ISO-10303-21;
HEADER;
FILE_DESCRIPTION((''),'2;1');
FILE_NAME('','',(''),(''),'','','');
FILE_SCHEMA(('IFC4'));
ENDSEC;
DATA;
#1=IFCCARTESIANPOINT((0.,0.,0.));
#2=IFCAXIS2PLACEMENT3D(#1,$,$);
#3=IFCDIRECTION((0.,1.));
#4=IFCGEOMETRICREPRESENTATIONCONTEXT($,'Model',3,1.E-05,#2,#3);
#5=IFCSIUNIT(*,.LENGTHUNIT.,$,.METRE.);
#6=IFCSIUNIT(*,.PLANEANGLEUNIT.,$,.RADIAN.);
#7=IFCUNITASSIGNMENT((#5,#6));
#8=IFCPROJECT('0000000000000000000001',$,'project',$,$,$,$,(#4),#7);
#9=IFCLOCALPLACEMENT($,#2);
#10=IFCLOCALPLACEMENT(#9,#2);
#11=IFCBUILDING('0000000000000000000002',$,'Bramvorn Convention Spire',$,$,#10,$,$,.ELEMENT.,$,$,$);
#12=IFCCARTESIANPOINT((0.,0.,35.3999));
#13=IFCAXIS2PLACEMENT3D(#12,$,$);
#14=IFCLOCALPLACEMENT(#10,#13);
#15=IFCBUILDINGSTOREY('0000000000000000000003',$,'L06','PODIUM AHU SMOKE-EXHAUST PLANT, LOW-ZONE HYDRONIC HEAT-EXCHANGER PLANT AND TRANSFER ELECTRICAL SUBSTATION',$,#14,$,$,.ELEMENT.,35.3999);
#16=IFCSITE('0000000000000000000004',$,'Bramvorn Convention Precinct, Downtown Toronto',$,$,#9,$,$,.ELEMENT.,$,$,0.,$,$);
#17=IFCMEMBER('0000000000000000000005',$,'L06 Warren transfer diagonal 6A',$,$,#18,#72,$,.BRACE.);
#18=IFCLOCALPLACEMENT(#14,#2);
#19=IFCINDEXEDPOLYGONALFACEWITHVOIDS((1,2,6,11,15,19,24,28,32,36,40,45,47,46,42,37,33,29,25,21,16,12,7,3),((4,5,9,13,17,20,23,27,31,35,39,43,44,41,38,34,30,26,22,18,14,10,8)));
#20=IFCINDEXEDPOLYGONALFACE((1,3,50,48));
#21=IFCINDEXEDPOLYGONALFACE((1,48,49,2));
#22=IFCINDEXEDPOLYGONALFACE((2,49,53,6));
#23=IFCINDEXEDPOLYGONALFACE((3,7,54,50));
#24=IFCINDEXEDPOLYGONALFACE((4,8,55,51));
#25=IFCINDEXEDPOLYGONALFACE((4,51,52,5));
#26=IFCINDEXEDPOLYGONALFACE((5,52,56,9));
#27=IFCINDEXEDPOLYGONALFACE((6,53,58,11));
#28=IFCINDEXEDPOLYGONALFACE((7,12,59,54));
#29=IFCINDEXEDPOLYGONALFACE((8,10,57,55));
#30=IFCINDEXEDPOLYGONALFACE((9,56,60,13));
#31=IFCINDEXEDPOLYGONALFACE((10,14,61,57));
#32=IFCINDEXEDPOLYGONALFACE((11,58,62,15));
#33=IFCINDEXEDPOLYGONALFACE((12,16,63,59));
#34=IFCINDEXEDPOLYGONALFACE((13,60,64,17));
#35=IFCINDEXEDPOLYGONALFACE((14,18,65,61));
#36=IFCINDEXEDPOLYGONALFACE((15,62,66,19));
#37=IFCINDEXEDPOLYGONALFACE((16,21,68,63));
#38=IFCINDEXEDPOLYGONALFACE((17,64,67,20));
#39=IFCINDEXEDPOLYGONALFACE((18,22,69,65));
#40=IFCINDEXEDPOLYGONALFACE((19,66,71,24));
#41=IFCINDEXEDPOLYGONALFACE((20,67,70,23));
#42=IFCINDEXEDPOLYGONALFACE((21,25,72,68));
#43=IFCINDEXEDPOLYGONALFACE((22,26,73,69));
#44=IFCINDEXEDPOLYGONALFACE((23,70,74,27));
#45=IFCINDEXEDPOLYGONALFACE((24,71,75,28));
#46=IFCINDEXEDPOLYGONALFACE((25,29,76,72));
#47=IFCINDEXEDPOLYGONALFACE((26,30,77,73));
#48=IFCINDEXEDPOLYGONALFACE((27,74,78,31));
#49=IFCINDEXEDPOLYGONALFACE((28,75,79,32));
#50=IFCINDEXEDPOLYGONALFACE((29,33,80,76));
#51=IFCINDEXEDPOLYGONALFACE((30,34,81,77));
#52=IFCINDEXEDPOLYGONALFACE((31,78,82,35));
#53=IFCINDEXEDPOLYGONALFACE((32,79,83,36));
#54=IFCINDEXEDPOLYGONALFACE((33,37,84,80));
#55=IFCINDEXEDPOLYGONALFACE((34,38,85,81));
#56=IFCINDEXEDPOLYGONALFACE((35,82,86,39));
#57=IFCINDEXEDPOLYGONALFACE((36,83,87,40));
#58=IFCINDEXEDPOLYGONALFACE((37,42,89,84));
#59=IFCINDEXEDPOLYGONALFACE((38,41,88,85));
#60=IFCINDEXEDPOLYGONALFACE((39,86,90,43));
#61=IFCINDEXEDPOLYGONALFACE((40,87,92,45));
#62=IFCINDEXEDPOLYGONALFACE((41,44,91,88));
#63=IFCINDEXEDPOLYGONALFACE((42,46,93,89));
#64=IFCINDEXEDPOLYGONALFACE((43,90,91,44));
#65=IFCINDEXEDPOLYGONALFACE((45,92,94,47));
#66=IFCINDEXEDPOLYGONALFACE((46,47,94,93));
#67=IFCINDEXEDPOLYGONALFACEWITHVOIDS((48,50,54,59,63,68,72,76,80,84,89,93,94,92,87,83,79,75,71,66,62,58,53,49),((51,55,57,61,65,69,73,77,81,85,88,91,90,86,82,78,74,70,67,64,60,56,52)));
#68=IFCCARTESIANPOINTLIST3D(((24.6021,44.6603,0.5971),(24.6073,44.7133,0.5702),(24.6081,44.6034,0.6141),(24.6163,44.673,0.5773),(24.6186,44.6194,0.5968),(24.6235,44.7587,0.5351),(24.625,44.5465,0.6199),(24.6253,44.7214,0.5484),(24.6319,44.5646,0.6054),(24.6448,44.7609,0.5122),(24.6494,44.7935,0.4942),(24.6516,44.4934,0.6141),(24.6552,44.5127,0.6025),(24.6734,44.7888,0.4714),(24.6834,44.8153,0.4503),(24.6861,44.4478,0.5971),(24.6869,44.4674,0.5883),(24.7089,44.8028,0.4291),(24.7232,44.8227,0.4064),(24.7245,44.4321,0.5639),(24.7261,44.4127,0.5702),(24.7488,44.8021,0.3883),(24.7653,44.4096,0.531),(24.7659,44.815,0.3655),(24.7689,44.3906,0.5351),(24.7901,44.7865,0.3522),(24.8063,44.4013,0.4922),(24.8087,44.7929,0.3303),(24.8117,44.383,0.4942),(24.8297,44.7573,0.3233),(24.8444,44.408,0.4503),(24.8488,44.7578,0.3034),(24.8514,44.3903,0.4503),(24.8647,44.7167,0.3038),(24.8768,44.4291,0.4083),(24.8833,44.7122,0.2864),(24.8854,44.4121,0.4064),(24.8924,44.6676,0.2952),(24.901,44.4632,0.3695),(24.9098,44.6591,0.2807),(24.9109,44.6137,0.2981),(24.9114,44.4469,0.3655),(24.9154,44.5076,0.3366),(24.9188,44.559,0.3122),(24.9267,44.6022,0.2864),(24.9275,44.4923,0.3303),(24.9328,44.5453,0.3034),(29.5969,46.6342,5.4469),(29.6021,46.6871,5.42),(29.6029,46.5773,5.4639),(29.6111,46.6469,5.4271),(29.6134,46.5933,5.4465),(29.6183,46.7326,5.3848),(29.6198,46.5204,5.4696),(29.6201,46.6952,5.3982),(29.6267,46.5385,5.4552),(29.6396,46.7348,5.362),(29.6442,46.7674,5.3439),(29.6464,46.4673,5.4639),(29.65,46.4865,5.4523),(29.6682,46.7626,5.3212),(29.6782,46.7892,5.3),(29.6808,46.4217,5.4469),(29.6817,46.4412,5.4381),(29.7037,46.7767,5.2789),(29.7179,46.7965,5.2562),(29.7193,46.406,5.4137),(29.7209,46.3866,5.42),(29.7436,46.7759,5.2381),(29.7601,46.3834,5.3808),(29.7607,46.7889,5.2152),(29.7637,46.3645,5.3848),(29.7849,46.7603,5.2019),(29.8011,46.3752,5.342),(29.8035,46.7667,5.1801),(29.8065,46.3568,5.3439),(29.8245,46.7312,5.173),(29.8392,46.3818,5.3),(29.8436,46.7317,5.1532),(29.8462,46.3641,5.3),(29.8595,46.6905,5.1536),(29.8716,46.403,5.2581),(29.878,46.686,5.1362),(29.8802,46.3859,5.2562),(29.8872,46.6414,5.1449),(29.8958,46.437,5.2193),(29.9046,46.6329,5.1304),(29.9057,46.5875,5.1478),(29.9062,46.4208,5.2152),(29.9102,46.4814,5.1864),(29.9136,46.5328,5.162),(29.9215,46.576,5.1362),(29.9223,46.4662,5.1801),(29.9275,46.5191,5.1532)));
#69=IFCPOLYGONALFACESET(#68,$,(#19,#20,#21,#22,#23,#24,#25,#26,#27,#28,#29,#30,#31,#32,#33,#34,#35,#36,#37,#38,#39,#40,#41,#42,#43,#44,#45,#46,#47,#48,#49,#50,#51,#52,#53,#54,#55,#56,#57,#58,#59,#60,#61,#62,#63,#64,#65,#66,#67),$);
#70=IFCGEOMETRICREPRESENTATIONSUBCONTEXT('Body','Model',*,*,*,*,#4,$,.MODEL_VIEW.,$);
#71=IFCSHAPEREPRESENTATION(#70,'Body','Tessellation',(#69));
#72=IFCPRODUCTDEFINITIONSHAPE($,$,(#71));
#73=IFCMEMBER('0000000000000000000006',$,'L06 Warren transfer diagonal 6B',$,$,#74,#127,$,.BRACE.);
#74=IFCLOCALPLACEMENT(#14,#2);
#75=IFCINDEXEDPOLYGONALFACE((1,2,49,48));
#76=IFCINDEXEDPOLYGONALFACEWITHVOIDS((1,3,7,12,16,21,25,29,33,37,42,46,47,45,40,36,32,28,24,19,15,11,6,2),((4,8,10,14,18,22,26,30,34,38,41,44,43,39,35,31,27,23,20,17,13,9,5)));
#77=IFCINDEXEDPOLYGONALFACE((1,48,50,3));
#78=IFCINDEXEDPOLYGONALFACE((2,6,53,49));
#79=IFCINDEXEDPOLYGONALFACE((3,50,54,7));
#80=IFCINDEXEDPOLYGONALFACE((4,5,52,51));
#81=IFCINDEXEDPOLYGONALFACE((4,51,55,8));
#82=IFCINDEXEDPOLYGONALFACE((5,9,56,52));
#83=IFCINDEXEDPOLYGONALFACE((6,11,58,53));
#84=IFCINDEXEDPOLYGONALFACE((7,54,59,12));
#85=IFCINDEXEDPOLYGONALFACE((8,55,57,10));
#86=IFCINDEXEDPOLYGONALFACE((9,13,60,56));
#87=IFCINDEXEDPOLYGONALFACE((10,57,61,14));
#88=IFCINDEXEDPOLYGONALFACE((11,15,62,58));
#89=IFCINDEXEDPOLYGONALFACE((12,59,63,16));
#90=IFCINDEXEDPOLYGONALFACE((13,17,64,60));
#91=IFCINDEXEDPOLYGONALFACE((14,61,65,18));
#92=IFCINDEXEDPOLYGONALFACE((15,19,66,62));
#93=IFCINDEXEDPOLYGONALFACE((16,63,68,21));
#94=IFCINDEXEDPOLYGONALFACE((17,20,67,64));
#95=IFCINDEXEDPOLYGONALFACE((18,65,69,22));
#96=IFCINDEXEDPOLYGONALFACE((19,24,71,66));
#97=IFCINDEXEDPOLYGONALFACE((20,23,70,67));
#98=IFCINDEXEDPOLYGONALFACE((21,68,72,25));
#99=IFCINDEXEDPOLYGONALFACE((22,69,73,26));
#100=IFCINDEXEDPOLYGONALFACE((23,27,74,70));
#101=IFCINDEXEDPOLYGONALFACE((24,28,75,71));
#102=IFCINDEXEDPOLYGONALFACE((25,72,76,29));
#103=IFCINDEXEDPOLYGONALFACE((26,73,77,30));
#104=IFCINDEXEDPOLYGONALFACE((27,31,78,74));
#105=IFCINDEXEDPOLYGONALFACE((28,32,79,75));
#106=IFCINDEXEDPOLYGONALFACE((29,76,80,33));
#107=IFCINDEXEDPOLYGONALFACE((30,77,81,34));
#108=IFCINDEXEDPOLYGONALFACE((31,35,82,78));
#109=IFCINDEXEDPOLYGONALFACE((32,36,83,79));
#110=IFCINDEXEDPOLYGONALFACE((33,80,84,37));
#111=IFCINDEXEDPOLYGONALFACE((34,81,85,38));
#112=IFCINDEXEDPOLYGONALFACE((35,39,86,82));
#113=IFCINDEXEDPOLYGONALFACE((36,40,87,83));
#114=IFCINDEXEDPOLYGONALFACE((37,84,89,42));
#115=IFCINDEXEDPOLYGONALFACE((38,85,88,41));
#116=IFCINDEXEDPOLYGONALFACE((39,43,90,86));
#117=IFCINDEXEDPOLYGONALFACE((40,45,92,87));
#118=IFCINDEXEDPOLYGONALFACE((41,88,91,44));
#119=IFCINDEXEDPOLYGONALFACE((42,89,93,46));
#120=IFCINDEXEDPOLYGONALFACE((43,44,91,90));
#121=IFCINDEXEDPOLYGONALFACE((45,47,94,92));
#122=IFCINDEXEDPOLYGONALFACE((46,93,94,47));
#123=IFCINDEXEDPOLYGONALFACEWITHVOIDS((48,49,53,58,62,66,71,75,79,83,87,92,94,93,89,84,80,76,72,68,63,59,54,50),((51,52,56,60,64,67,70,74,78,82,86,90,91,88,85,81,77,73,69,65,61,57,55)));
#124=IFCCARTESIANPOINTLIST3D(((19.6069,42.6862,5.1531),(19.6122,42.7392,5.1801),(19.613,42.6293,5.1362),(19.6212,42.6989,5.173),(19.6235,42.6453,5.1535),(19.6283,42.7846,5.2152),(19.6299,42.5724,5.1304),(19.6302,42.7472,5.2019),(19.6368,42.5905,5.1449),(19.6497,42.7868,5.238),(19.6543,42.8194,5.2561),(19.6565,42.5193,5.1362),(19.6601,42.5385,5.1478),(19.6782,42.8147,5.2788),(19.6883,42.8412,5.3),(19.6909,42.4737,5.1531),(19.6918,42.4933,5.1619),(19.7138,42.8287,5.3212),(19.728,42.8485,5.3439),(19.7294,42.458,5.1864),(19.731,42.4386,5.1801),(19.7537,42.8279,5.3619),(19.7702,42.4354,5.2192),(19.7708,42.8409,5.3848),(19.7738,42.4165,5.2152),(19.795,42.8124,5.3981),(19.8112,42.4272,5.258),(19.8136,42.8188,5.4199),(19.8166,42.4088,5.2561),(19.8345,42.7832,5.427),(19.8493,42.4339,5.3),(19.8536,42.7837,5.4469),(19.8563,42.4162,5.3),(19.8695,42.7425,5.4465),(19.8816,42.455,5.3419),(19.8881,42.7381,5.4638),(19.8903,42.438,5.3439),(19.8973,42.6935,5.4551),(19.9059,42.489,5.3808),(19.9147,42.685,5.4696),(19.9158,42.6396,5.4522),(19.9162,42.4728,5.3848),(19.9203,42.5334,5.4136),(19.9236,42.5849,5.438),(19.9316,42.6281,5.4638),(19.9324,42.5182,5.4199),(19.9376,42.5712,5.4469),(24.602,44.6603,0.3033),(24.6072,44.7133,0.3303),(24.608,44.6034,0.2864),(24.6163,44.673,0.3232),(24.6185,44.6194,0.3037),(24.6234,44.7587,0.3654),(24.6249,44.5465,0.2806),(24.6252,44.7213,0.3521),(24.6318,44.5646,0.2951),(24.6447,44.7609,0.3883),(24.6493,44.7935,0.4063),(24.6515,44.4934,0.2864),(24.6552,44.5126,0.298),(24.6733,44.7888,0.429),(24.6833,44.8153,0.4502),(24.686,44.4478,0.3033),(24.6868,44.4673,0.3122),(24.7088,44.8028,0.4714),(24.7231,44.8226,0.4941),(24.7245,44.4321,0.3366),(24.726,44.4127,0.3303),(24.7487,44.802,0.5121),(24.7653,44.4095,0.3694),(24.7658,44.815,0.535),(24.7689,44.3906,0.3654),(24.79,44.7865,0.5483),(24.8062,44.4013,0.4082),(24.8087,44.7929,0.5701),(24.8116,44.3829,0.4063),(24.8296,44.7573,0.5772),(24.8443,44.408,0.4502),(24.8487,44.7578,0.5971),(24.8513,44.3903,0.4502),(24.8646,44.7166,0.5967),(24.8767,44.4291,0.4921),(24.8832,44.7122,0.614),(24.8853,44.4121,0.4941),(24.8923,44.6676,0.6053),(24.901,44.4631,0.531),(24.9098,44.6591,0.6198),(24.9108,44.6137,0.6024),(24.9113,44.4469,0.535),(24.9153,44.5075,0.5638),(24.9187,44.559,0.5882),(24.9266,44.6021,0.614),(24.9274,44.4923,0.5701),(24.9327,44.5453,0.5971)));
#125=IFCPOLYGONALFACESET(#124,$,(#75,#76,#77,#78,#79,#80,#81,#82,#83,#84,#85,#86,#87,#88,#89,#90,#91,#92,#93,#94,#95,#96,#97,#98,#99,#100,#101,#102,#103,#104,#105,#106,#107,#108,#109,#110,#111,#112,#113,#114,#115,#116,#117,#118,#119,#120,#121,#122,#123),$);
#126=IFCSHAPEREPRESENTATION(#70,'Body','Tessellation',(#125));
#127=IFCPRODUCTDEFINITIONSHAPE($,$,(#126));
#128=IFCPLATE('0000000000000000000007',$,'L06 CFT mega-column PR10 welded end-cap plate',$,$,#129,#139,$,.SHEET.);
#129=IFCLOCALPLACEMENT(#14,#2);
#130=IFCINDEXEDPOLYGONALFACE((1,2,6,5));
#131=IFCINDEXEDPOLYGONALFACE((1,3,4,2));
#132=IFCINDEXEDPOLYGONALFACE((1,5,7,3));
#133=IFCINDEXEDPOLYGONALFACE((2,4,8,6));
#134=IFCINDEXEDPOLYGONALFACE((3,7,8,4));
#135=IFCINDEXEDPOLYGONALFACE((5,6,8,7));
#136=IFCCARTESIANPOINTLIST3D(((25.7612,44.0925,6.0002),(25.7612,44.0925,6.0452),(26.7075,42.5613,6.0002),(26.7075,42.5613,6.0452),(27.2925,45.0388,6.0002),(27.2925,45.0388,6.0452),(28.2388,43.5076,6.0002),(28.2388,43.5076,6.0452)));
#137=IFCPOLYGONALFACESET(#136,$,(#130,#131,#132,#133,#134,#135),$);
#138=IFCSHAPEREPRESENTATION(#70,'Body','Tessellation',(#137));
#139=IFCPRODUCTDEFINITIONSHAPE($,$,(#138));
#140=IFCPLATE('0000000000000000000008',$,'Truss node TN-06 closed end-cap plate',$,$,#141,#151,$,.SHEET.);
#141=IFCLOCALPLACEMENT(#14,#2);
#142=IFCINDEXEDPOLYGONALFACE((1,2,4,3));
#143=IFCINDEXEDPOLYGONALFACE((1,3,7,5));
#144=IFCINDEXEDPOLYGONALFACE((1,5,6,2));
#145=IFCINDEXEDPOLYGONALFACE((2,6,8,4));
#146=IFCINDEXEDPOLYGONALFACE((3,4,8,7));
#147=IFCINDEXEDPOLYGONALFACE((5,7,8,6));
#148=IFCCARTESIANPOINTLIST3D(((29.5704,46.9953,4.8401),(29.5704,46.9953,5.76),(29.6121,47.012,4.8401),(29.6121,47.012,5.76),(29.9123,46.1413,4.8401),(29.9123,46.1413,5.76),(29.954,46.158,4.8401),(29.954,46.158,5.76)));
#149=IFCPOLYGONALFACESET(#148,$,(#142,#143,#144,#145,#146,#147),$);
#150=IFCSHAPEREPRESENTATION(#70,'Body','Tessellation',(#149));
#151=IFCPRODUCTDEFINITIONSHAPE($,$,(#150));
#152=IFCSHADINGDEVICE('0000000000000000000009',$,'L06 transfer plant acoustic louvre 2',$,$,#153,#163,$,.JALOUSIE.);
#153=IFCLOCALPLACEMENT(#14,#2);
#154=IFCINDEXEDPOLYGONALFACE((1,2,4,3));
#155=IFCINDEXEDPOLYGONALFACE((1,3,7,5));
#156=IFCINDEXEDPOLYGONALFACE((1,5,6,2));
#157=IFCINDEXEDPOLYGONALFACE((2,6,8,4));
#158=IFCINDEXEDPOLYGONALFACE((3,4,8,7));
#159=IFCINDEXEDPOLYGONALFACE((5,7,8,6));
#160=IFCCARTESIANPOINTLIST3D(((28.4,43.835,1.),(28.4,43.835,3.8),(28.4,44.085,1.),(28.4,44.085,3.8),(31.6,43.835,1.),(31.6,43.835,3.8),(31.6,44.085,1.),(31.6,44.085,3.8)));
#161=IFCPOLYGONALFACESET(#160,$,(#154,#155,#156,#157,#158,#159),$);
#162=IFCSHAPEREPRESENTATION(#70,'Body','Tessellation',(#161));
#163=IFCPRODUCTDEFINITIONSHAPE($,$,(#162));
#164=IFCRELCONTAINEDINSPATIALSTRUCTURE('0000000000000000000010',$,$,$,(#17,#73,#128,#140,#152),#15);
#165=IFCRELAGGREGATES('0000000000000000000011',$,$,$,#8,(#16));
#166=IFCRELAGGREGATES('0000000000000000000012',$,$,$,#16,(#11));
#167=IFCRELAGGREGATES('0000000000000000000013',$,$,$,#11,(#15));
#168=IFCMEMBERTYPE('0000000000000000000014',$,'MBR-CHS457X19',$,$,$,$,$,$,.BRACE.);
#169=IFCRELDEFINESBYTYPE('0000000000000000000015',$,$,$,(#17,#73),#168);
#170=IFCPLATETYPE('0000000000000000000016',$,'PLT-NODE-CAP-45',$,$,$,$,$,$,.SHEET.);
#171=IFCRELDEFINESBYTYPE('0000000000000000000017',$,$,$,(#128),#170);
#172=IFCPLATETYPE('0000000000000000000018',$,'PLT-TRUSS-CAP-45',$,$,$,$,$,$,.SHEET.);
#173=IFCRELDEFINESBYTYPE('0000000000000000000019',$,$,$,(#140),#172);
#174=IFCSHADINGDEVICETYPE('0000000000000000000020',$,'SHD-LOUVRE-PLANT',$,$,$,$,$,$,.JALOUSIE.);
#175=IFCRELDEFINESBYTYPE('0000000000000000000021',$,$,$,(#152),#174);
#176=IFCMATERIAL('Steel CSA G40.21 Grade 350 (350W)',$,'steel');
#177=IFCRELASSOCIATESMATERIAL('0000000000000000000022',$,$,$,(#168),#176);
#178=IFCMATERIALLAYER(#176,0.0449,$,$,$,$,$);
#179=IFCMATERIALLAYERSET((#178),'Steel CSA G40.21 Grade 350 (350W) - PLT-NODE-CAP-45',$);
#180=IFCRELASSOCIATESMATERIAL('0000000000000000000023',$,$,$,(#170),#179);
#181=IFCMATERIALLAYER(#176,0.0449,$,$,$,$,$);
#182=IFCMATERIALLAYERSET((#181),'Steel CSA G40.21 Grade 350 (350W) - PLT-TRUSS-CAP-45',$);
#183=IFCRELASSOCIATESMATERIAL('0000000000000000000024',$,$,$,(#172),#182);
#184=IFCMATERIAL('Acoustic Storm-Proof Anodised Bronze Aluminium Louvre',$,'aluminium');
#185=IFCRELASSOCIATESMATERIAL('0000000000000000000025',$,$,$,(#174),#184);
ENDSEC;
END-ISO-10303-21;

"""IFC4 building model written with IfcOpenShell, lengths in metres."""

from ifc_helpers import new_model, si_unit, direction, frame, origin, origin_2d, place, context, subcontext, project, spatial, rectangle, hollow_circle, extrude, material, layer, layer_set, material_profile, profile_set, type_object, element, save


model = new_model("IFC4")

# Units and contexts
model_context = context("Model", 3, precision=1e-05, world=origin(), true_north=direction((0.0, 1.0)))
body_context = subcontext(model_context, "Body", "Model", "MODEL_VIEW")
ifc_project = project(units=[si_unit("LENGTHUNIT", "METRE"), si_unit("PLANEANGLEUNIT", "RADIAN")], contexts=[model_context])

# Site, building, storey
site_placement = place(None, origin())
site = spatial("IfcSite", under=ifc_project, at=site_placement, Name="Bramvorn Convention Precinct, Downtown Toronto", CompositionType="ELEMENT", RefElevation=0.0)
building_placement = place(site_placement, origin())
building = spatial("IfcBuilding", under=site, at=building_placement, Name="Bramvorn Convention Spire", CompositionType="ELEMENT")
storey_placement = place(building_placement, frame((0.0, 0.0, 35.3999)))
storey = spatial("IfcBuildingStorey", under=building, at=storey_placement, Name="L06", Description="PODIUM AHU SMOKE-EXHAUST PLANT, LOW-ZONE HYDRONIC HEAT-EXCHANGER PLANT AND TRANSFER ELECTRICAL SUBSTATION", CompositionType="ELEMENT", Elevation=35.3999)

# Shared definitions
ifc_material_1 = material(Name="Steel CSA G40.21 Grade 350 (350W)", Category="steel")

# Members
ifc_material_profile_1 = material_profile(ifc_material_1, hollow_circle(Radius=0.2285, WallThickness=0.019, at=origin_2d()))
ifc_profile_set_1 = profile_set([ifc_material_profile_1], Name="Steel CSA G40.21 Grade 350 (350W) - CHS457X19")
member_type_1 = type_object("IfcMemberType", Name="MBR-CHS457X19", PredefinedType="BRACE", material=ifc_profile_set_1)
member_1_placement = place(storey_placement, frame((29.7622, 46.5767, 5.3), z_axis=(-0.690239, -0.272769, -0.670199), x_axis=(0.367524, -0.930014, 0.0)))
element("IfcMember", 1, at=member_1_placement, inside=storey, type_object=member_type_1, Name="L06 Warren transfer diagonal 6A", PredefinedType="BRACE", context=body_context, shape_type="SweptSolid", body=[
    extrude(hollow_circle(Radius=0.2285, WallThickness=0.019, at=origin_2d()), origin(), (0.0, 0.0, 1.0), 7.2363),
])
member_2_placement = place(storey_placement, frame((24.7673, 44.6028, 0.4502), z_axis=(-0.690251, -0.272794, 0.670177), x_axis=(0.367547, -0.930005, 0.0)))
element("IfcMember", 2, at=member_2_placement, inside=storey, type_object=member_type_1, Name="L06 Warren transfer diagonal 6B", PredefinedType="BRACE", context=body_context, shape_type="SweptSolid", body=[
    extrude(hollow_circle(Radius=0.2285, WallThickness=0.019, at=origin_2d()), origin(), (0.0, 0.0, 1.0), 7.2366),
])

# Plates
ifc_layer_1 = layer(ifc_material_1, 0.0449)
ifc_layer_set_1 = layer_set([ifc_layer_1], Name="Steel CSA G40.21 Grade 350 (350W) - PLT-NODE-CAP-45")
plate_type_1 = type_object("IfcPlateType", Name="PLT-NODE-CAP-45", PredefinedType="SHEET", material=ifc_layer_set_1)
plate_1_placement = place(storey_placement, frame((27.0, 43.8, 6.0002), z_axis=(0.0, 0.0, 1.0), x_axis=(-0.525696, 0.850672, 0.0)))
element("IfcPlate", 3, at=plate_1_placement, inside=storey, type_object=plate_type_1, Name="L06 CFT mega-column PR10 welded end-cap plate", PredefinedType="SHEET", context=body_context, shape_type="SweptSolid", body=[
    extrude(rectangle(XDim=1.8, YDim=1.8, at=origin_2d()), origin(), (0.0, 0.0, 1.0), 0.0449),
])
ifc_layer_2 = layer(ifc_material_1, 0.0449)
ifc_layer_set_2 = layer_set([ifc_layer_2], Name="Steel CSA G40.21 Grade 350 (350W) - PLT-TRUSS-CAP-45")
plate_type_2 = type_object("IfcPlateType", Name="PLT-TRUSS-CAP-45", PredefinedType="SHEET", material=ifc_layer_set_2)
plate_2_placement = place(storey_placement, frame((29.7622, 46.5767, 4.8401), z_axis=(0.0, 0.0, 1.0), x_axis=(-0.371664, 0.928367, 0.0)))
element("IfcPlate", 4, at=plate_2_placement, inside=storey, type_object=plate_type_2, Name="Truss node TN-06 closed end-cap plate", PredefinedType="SHEET", context=body_context, shape_type="SweptSolid", body=[
    extrude(rectangle(XDim=0.9199, YDim=0.0449, at=origin_2d()), origin(), (0.0, 0.0, 1.0), 0.9199),
])

# Shading device
ifc_material_2 = material(Name="Acoustic Storm-Proof Anodised Bronze Aluminium Louvre", Category="aluminium")
shading_device_type = type_object("IfcShadingDeviceType", Name="SHD-LOUVRE-PLANT", PredefinedType="JALOUSIE", material=ifc_material_2)
shading_device_placement = place(storey_placement, frame((30.0, 43.96, 1.0), z_axis=(0.0, 0.0, 1.0), x_axis=(1.0, 0.0, 0.0)))
element("IfcShadingDevice", 5, at=shading_device_placement, inside=storey, type_object=shading_device_type, Name="L06 transfer plant acoustic louvre 2", PredefinedType="JALOUSIE", context=body_context, shape_type="SweptSolid", body=[
    extrude(rectangle(XDim=3.2, YDim=0.25, at=origin_2d()), origin(), (0.0, 0.0, 1.0), 2.8),
])

save(model, "model.ifc")
